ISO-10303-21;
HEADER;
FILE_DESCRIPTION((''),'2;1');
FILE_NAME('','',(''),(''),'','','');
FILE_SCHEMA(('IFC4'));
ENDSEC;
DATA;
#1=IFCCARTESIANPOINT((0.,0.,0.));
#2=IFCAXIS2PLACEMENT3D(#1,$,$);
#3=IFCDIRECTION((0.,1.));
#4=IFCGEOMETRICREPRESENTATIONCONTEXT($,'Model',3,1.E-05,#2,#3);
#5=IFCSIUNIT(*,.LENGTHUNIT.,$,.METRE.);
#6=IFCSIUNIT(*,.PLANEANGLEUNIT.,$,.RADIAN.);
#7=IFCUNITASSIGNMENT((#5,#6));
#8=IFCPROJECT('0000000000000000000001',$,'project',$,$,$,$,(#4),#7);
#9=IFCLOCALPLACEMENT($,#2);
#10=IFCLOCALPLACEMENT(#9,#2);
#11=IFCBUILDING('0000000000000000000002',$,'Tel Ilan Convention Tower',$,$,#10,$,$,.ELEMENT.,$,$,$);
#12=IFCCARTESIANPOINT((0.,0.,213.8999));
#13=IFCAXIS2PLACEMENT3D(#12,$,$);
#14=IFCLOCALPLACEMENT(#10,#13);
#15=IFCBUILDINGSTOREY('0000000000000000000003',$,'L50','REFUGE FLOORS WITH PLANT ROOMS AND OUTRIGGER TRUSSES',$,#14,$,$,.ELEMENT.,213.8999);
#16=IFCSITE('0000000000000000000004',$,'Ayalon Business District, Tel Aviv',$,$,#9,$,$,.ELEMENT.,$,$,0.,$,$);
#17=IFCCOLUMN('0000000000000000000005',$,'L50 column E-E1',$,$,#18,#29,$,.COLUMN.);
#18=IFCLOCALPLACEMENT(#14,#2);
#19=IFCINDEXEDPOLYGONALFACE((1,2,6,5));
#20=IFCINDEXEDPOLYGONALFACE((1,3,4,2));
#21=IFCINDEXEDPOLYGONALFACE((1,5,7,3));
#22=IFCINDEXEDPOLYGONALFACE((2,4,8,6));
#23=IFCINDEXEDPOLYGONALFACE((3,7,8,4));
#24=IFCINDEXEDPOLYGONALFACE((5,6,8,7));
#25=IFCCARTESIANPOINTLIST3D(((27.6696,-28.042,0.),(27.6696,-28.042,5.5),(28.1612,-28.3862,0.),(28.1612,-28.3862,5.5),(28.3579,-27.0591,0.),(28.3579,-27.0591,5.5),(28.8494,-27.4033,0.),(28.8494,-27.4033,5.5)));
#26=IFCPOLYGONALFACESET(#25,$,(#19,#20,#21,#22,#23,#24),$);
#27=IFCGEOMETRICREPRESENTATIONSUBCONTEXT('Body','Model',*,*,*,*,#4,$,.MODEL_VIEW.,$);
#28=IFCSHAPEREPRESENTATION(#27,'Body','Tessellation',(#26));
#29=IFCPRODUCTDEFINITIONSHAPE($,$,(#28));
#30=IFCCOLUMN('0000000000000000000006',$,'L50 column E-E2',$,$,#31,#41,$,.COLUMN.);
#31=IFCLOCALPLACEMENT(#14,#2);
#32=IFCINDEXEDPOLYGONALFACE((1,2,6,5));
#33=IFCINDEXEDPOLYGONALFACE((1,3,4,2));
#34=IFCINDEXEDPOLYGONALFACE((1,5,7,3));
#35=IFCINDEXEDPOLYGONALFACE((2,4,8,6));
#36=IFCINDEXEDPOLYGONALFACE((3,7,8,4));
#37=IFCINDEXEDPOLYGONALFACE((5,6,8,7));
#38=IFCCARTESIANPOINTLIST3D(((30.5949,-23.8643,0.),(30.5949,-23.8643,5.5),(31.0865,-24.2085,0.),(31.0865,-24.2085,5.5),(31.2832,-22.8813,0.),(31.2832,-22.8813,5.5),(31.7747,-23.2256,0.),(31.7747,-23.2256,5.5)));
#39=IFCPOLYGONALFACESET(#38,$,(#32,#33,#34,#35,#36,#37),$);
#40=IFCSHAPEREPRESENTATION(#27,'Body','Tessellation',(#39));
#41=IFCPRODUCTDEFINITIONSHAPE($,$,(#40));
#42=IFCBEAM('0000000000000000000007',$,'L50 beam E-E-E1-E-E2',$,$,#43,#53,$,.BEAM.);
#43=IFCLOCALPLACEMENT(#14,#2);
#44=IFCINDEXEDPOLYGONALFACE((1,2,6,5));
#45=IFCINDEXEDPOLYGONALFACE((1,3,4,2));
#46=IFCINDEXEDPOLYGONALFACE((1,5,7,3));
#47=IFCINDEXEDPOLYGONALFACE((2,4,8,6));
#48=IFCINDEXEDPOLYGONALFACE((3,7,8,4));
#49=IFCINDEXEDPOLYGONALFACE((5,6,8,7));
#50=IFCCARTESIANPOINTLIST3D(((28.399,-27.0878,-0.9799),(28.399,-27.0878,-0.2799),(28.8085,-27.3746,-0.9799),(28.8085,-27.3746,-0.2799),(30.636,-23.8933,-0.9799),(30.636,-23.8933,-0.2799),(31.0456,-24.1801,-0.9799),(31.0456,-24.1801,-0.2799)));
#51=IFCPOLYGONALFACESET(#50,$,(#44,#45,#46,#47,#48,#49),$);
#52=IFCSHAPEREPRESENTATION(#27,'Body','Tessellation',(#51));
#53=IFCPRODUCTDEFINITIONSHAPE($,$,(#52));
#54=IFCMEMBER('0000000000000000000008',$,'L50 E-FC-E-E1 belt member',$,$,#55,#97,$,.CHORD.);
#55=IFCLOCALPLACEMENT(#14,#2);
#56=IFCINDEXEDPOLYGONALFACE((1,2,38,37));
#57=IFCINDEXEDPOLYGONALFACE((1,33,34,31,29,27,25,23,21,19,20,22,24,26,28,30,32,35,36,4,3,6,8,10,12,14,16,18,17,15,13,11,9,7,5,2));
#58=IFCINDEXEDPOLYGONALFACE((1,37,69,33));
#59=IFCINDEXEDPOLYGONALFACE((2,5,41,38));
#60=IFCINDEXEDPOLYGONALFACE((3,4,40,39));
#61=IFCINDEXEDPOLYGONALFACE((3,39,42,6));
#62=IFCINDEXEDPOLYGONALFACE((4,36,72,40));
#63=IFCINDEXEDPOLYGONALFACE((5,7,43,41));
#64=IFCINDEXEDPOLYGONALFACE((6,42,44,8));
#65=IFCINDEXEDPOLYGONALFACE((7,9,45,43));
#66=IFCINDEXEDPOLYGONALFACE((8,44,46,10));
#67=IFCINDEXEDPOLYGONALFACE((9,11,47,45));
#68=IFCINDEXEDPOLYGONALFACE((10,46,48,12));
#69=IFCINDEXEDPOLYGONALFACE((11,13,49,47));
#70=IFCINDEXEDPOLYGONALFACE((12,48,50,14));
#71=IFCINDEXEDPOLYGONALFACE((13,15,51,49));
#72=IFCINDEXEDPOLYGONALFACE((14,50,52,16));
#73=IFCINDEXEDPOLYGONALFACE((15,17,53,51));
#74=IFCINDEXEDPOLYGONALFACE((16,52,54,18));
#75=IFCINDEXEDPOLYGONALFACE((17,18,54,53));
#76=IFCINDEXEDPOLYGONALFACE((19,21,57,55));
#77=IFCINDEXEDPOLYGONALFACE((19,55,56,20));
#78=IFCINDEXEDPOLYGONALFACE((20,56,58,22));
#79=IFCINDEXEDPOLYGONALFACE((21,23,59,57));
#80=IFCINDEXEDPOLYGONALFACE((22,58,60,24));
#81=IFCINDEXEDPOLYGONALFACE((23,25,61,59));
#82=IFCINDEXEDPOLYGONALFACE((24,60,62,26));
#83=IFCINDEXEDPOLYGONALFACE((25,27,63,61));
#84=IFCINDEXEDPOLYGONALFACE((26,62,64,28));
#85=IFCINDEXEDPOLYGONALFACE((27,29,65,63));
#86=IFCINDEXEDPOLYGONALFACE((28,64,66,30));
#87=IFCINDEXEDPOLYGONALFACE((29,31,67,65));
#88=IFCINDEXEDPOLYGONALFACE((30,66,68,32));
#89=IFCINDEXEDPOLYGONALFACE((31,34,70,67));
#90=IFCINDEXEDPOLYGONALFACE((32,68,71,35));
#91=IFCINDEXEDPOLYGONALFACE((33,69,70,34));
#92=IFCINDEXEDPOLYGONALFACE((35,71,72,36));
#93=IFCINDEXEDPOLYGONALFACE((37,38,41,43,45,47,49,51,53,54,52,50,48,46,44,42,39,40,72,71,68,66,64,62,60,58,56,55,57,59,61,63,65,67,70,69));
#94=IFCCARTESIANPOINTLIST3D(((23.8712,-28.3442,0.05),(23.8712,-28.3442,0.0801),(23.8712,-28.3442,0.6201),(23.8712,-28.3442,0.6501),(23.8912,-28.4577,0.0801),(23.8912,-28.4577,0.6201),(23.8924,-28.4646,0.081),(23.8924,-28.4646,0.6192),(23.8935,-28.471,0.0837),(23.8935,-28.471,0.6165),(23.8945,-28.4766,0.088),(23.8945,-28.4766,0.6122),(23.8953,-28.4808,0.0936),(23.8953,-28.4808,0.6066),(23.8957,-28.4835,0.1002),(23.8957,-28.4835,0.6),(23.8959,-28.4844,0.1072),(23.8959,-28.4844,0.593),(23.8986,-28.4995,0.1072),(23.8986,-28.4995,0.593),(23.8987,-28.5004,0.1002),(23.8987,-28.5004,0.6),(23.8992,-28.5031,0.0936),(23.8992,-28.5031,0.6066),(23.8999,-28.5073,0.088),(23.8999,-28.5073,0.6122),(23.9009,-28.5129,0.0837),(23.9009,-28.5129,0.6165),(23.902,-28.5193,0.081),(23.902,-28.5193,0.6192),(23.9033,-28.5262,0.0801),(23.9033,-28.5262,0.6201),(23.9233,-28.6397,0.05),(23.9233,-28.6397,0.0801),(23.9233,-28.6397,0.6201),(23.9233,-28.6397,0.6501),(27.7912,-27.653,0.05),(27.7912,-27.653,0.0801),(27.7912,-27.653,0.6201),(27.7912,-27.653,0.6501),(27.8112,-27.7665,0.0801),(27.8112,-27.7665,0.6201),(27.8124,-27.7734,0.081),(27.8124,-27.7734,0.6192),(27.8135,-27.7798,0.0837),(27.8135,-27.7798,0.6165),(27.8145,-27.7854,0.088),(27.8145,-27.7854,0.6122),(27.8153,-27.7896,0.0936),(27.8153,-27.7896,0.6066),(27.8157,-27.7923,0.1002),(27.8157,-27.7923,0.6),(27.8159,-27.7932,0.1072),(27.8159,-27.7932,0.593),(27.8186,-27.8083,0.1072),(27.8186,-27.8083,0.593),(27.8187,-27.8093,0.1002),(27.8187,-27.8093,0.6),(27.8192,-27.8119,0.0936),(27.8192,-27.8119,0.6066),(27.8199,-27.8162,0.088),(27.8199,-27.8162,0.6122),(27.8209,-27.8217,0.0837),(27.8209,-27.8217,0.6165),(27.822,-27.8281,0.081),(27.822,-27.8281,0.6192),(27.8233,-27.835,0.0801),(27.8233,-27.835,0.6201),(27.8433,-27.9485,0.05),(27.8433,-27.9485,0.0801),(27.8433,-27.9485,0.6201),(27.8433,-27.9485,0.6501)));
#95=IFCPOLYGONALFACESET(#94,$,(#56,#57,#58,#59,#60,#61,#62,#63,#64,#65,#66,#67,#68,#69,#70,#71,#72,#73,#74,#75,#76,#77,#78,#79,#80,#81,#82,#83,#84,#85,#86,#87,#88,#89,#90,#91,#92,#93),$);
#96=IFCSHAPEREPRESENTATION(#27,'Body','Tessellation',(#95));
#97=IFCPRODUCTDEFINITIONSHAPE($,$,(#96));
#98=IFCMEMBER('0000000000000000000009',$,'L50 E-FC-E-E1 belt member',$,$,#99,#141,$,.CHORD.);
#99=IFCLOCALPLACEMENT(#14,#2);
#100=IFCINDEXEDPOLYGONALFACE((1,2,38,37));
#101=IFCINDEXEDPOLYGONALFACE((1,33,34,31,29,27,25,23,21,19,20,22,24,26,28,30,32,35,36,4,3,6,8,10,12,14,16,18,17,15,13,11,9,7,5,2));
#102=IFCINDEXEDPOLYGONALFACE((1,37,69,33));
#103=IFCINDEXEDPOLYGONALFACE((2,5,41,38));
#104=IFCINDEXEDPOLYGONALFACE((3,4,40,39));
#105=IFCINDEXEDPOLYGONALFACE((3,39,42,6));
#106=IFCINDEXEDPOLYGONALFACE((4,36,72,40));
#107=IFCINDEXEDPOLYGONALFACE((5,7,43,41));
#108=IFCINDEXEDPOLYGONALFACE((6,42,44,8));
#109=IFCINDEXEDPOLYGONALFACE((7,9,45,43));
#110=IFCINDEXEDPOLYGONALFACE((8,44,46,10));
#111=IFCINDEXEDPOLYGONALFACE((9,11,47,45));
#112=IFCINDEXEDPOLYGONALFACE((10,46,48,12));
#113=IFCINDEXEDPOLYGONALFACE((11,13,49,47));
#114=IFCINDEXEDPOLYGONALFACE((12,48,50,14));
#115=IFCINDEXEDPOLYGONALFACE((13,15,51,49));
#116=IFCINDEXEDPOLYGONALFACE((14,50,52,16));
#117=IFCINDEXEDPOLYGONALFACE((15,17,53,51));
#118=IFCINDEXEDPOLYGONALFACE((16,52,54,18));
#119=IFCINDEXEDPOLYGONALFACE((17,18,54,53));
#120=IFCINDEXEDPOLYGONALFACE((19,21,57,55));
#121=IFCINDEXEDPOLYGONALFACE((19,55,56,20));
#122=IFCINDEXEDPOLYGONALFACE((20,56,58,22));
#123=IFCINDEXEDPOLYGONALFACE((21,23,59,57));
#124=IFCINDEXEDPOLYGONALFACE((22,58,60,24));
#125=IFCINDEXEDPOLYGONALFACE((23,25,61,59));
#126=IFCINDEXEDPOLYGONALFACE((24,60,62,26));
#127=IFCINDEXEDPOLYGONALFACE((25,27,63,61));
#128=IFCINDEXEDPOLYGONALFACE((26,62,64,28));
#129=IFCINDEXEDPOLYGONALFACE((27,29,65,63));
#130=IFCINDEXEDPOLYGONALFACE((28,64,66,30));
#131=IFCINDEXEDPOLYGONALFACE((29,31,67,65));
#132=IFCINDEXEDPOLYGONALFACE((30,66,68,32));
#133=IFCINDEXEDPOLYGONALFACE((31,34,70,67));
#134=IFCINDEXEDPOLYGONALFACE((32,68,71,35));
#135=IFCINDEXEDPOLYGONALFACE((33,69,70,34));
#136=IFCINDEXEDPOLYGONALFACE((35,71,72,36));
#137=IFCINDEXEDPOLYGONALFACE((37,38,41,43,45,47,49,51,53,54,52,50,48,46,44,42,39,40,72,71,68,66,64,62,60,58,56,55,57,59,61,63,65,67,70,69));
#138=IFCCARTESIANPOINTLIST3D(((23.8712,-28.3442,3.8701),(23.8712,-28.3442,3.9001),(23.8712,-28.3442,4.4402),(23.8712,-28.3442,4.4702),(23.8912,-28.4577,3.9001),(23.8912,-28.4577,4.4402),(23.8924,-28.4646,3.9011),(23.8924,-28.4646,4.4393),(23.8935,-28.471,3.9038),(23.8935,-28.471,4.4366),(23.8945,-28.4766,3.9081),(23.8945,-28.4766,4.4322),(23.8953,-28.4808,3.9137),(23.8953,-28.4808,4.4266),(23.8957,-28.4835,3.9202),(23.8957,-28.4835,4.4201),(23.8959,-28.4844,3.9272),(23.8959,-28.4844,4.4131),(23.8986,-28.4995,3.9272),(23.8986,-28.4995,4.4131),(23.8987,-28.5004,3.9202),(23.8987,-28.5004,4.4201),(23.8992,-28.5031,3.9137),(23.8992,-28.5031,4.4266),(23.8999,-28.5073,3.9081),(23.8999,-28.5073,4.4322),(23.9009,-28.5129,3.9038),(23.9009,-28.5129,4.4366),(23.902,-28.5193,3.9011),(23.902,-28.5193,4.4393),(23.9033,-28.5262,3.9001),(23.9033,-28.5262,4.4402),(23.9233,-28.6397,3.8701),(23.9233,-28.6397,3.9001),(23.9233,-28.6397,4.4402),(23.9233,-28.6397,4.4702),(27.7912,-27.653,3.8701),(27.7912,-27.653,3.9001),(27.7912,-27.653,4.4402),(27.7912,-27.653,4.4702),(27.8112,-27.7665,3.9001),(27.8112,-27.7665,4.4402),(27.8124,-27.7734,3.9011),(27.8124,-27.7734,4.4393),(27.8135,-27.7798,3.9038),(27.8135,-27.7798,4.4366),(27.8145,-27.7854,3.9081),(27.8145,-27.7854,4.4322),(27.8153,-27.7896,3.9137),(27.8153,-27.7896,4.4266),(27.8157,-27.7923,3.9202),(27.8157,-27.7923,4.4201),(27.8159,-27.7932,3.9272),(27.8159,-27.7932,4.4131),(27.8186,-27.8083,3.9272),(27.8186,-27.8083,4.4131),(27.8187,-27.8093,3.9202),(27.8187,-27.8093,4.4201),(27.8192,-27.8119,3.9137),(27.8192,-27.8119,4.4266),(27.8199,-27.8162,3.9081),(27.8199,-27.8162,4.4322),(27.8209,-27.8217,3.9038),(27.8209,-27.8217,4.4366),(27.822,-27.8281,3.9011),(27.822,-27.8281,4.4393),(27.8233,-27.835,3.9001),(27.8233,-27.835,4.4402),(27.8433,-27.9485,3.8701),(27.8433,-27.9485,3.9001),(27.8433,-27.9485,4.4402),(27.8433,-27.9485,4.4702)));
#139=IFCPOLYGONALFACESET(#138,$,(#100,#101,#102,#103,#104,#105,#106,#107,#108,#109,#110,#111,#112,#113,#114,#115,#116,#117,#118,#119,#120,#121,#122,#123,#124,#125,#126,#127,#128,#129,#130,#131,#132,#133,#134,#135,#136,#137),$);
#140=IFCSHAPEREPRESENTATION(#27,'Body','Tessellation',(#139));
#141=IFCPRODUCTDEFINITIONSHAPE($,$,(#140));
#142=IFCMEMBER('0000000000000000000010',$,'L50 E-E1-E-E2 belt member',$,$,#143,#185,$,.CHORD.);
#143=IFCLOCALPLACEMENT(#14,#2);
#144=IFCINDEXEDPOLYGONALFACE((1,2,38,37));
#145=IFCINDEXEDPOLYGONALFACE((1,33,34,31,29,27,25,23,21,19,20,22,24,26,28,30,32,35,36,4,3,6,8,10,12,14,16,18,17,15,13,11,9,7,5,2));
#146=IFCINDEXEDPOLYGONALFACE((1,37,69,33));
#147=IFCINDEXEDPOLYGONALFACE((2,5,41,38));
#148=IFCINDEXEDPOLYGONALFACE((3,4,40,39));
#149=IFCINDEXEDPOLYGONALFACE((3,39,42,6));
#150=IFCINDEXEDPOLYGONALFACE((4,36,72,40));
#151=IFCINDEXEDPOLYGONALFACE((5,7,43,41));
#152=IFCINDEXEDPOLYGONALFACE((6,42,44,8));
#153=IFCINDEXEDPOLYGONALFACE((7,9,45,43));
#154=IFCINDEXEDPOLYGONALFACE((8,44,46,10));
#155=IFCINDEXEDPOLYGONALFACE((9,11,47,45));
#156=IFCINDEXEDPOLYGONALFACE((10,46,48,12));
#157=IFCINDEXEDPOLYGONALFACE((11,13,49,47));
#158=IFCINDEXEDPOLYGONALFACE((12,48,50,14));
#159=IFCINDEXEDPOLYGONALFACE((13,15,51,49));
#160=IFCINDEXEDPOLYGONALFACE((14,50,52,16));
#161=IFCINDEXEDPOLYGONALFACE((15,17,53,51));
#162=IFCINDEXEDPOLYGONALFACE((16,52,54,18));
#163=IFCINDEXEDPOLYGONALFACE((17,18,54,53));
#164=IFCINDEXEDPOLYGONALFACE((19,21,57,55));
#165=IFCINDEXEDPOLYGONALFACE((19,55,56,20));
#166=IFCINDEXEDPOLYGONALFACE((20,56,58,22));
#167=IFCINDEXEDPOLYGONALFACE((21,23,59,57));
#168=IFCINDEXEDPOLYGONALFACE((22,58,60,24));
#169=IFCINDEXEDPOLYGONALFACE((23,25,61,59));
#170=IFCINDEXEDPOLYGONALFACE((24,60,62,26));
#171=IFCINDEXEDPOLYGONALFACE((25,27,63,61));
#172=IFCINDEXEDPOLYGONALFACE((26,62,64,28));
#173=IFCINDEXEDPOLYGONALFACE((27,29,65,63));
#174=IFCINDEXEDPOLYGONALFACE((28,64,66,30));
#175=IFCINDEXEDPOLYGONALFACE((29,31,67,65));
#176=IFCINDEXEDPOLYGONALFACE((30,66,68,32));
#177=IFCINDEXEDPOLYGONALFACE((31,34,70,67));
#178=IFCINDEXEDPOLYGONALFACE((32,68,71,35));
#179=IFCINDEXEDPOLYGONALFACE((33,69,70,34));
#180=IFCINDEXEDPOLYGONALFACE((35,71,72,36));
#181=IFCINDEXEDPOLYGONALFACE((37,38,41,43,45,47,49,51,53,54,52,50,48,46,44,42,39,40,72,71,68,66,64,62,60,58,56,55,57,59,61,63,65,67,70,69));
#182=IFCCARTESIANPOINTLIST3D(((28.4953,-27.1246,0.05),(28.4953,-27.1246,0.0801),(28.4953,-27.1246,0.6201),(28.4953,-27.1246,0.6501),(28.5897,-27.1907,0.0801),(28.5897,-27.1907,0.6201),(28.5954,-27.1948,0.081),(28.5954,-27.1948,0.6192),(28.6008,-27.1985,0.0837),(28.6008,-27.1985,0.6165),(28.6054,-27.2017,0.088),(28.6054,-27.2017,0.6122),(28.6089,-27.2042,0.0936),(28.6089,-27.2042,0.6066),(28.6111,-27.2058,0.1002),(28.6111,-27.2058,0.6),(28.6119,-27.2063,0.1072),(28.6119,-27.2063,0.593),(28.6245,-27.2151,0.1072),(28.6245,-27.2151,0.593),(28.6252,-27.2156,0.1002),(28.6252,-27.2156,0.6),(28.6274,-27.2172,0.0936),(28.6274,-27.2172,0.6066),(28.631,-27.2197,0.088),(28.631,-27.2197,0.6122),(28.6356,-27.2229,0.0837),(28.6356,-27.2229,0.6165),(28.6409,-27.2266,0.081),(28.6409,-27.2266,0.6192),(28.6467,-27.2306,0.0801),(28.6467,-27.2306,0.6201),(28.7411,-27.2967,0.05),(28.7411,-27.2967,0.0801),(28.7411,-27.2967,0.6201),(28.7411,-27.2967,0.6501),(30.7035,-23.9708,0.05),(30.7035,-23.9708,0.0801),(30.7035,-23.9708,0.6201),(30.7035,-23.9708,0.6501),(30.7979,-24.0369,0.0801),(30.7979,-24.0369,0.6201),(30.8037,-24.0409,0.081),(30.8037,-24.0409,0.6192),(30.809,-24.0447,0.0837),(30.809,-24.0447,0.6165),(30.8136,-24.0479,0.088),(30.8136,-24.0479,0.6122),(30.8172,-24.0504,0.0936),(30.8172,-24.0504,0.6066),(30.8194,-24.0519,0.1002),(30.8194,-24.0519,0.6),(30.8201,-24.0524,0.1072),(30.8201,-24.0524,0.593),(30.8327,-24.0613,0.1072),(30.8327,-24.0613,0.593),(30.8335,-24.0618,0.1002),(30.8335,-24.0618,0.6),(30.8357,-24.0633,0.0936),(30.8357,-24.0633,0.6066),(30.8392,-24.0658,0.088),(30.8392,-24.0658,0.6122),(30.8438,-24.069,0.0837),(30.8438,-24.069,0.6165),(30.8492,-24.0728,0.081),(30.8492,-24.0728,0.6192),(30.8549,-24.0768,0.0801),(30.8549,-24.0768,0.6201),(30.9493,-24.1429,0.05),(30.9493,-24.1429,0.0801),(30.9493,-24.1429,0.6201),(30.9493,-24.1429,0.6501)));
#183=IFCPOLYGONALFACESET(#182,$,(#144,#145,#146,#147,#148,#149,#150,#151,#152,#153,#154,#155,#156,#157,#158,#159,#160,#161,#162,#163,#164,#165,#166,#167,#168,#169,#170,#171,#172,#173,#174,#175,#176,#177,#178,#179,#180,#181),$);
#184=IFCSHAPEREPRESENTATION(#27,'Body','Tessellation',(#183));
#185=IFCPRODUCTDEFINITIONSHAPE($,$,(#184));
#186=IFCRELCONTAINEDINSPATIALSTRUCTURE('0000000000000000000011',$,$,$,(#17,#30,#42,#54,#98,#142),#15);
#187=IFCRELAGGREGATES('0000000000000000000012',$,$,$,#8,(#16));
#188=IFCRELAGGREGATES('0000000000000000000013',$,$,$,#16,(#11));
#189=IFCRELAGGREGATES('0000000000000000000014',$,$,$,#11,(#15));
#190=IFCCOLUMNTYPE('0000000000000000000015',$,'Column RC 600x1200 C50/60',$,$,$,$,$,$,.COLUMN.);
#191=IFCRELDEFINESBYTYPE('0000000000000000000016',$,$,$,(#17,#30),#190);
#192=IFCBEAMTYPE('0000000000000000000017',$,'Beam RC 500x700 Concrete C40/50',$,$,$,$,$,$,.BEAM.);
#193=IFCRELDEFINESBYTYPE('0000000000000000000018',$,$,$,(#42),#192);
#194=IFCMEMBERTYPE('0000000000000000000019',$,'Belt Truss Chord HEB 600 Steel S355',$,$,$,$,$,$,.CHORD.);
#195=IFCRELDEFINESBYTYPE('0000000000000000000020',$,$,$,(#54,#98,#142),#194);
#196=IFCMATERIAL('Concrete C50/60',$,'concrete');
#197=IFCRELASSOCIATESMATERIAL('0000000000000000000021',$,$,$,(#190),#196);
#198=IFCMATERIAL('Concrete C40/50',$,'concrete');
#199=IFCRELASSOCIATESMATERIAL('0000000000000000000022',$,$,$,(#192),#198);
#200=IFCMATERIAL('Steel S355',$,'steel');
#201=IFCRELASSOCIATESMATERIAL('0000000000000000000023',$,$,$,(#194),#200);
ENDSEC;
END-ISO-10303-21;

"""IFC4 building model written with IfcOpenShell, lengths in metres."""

from ifc_helpers import new_model, si_unit, direction, frame, origin, origin_2d, place, context, subcontext, project, spatial, rectangle, i_section, extrude, material, material_profile, profile_set, type_object, element, save


model = new_model("IFC4")

# Units and contexts
model_context = context("Model", 3, precision=1e-05, world=origin(), true_north=direction((0.0, 1.0)))
body_context = subcontext(model_context, "Body", "Model", "MODEL_VIEW")
ifc_project = project(units=[si_unit("LENGTHUNIT", "METRE"), si_unit("PLANEANGLEUNIT", "RADIAN")], contexts=[model_context])

# Site, building, storey
site_placement = place(None, origin())
site = spatial("IfcSite", under=ifc_project, at=site_placement, Name="Ayalon Business District, Tel Aviv", CompositionType="ELEMENT", RefElevation=0.0)
building_placement = place(site_placement, origin())
building = spatial("IfcBuilding", under=site, at=building_placement, Name="Tel Ilan Convention Tower", CompositionType="ELEMENT")
storey_placement = place(building_placement, frame((0.0, 0.0, 213.8999)))
storey = spatial("IfcBuildingStorey", under=building, at=storey_placement, Name="L50", Description="REFUGE FLOORS WITH PLANT ROOMS AND OUTRIGGER TRUSSES", CompositionType="ELEMENT", Elevation=213.8999)

# Columns
ifc_material_1 = material(Name="Concrete C50/60", Category="concrete")
ifc_material_profile_1 = material_profile(ifc_material_1, rectangle(XDim=1.2, YDim=0.6001, at=origin_2d()), Name="RC 600x1200")
ifc_profile_set_1 = profile_set([ifc_material_profile_1], Name="Concrete C50/60")
column_type = type_object("IfcColumnType", Name="Column RC 600x1200 C50/60", PredefinedType="COLUMN", material=ifc_profile_set_1)
for number, where, z_axis, x_axis, name in (
    (1, (28.2595, -27.7227, 0.0), (0.0, 0.0, 1.0), (0.573576, 0.819152, 0.0), "L50 column E-E1"),
    (2, (31.1848, -23.5449, 0.0), (0.0, 0.0, 1.0), (0.573576, 0.819152, 0.0), "L50 column E-E2"),
):
    element("IfcColumn", number, at=place(storey_placement, frame(where, z_axis=z_axis, x_axis=x_axis)), inside=storey, type_object=column_type, Name=name, PredefinedType="COLUMN", context=body_context, shape_type="SweptSolid", body=[
        extrude(rectangle(XDim=1.2, YDim=0.6001, at=origin_2d()), origin(), (0.0, 0.0, 1.0), 5.5),
    ])

# Beam
ifc_material_2 = material(Name="Concrete C40/50", Category="concrete")
ifc_material_profile_2 = material_profile(ifc_material_2, rectangle(XDim=0.5, YDim=0.7, at=origin_2d()), Name="RC 500x700")
ifc_profile_set_2 = profile_set([ifc_material_profile_2], Name="Concrete C40/50")
beam_type = type_object("IfcBeamType", Name="Beam RC 500x700 Concrete C40/50", PredefinedType="BEAM", material=ifc_profile_set_2)
beam_placement = place(storey_placement, frame((28.6038, -27.2312, -0.6299), z_axis=(0.573609, 0.819129, 0.0), x_axis=(-0.819129, 0.573609, 0.0)))
element("IfcBeam", 3, at=beam_placement, inside=storey, type_object=beam_type, Name="L50 beam E-E-E1-E-E2", PredefinedType="BEAM", context=body_context, shape_type="SweptSolid", body=[
    extrude(rectangle(XDim=0.5, YDim=0.7, at=origin_2d()), origin(), (0.0, 0.0, 1.0), 3.8999),
])

# Members
ifc_material_3 = material(Name="Steel S355", Category="steel")
ifc_material_profile_3 = material_profile(ifc_material_3, i_section(OverallWidth=0.3, OverallDepth=0.6001, WebThickness=0.0154, FlangeThickness=0.03, FilletRadius=0.0271, at=origin_2d()), Name="HEB 600")
ifc_profile_set_3 = profile_set([ifc_material_profile_3], Name="Steel S355")
member_type_1 = type_object("IfcMemberType", Name="Belt Truss Chord HEB 600 Steel S355", PredefinedType="CHORD", material=ifc_profile_set_3)
for number, where, z_axis, x_axis, name in (
    (4, (23.8972, -28.4919, 0.3501), (0.984809, 0.173642, 0.0), (-0.173642, 0.984809, 0.0), "L50 E-FC-E-E1 belt member"),
    (5, (23.8972, -28.4919, 4.1702), (0.984809, 0.173642, 0.0), (-0.173642, 0.984809, 0.0), "L50 E-FC-E-E1 belt member"),
):
    element("IfcMember", number, at=place(storey_placement, frame(where, z_axis=z_axis, x_axis=x_axis)), inside=storey, type_object=member_type_1, Name=name, PredefinedType="CHORD", context=body_context, shape_type="SweptSolid", body=[
        extrude(i_section(OverallWidth=0.3, OverallDepth=0.6001, WebThickness=0.0154, FlangeThickness=0.03, FilletRadius=0.0271, at=origin_2d()), origin(), (0.0, 0.0, 1.0), 3.9805),
    ])
for number, where, z_axis, x_axis, name in (
    (6, (28.6182, -27.2107, 0.3501), (0.573564, 0.81916, 0.0), (-0.81916, 0.573564, 0.0), "L50 E-E1-E-E2 belt member"),
):
    element("IfcMember", number, at=place(storey_placement, frame(where, z_axis=z_axis, x_axis=x_axis)), inside=storey, type_object=member_type_1, Name=name, PredefinedType="CHORD", context=body_context, shape_type="SweptSolid", body=[
        extrude(i_section(OverallWidth=0.3, OverallDepth=0.6001, WebThickness=0.0154, FlangeThickness=0.03, FilletRadius=0.0271, at=origin_2d()), origin(), (0.0, 0.0, 1.0), 3.8501),
    ])

save(model, "model.ifc")
